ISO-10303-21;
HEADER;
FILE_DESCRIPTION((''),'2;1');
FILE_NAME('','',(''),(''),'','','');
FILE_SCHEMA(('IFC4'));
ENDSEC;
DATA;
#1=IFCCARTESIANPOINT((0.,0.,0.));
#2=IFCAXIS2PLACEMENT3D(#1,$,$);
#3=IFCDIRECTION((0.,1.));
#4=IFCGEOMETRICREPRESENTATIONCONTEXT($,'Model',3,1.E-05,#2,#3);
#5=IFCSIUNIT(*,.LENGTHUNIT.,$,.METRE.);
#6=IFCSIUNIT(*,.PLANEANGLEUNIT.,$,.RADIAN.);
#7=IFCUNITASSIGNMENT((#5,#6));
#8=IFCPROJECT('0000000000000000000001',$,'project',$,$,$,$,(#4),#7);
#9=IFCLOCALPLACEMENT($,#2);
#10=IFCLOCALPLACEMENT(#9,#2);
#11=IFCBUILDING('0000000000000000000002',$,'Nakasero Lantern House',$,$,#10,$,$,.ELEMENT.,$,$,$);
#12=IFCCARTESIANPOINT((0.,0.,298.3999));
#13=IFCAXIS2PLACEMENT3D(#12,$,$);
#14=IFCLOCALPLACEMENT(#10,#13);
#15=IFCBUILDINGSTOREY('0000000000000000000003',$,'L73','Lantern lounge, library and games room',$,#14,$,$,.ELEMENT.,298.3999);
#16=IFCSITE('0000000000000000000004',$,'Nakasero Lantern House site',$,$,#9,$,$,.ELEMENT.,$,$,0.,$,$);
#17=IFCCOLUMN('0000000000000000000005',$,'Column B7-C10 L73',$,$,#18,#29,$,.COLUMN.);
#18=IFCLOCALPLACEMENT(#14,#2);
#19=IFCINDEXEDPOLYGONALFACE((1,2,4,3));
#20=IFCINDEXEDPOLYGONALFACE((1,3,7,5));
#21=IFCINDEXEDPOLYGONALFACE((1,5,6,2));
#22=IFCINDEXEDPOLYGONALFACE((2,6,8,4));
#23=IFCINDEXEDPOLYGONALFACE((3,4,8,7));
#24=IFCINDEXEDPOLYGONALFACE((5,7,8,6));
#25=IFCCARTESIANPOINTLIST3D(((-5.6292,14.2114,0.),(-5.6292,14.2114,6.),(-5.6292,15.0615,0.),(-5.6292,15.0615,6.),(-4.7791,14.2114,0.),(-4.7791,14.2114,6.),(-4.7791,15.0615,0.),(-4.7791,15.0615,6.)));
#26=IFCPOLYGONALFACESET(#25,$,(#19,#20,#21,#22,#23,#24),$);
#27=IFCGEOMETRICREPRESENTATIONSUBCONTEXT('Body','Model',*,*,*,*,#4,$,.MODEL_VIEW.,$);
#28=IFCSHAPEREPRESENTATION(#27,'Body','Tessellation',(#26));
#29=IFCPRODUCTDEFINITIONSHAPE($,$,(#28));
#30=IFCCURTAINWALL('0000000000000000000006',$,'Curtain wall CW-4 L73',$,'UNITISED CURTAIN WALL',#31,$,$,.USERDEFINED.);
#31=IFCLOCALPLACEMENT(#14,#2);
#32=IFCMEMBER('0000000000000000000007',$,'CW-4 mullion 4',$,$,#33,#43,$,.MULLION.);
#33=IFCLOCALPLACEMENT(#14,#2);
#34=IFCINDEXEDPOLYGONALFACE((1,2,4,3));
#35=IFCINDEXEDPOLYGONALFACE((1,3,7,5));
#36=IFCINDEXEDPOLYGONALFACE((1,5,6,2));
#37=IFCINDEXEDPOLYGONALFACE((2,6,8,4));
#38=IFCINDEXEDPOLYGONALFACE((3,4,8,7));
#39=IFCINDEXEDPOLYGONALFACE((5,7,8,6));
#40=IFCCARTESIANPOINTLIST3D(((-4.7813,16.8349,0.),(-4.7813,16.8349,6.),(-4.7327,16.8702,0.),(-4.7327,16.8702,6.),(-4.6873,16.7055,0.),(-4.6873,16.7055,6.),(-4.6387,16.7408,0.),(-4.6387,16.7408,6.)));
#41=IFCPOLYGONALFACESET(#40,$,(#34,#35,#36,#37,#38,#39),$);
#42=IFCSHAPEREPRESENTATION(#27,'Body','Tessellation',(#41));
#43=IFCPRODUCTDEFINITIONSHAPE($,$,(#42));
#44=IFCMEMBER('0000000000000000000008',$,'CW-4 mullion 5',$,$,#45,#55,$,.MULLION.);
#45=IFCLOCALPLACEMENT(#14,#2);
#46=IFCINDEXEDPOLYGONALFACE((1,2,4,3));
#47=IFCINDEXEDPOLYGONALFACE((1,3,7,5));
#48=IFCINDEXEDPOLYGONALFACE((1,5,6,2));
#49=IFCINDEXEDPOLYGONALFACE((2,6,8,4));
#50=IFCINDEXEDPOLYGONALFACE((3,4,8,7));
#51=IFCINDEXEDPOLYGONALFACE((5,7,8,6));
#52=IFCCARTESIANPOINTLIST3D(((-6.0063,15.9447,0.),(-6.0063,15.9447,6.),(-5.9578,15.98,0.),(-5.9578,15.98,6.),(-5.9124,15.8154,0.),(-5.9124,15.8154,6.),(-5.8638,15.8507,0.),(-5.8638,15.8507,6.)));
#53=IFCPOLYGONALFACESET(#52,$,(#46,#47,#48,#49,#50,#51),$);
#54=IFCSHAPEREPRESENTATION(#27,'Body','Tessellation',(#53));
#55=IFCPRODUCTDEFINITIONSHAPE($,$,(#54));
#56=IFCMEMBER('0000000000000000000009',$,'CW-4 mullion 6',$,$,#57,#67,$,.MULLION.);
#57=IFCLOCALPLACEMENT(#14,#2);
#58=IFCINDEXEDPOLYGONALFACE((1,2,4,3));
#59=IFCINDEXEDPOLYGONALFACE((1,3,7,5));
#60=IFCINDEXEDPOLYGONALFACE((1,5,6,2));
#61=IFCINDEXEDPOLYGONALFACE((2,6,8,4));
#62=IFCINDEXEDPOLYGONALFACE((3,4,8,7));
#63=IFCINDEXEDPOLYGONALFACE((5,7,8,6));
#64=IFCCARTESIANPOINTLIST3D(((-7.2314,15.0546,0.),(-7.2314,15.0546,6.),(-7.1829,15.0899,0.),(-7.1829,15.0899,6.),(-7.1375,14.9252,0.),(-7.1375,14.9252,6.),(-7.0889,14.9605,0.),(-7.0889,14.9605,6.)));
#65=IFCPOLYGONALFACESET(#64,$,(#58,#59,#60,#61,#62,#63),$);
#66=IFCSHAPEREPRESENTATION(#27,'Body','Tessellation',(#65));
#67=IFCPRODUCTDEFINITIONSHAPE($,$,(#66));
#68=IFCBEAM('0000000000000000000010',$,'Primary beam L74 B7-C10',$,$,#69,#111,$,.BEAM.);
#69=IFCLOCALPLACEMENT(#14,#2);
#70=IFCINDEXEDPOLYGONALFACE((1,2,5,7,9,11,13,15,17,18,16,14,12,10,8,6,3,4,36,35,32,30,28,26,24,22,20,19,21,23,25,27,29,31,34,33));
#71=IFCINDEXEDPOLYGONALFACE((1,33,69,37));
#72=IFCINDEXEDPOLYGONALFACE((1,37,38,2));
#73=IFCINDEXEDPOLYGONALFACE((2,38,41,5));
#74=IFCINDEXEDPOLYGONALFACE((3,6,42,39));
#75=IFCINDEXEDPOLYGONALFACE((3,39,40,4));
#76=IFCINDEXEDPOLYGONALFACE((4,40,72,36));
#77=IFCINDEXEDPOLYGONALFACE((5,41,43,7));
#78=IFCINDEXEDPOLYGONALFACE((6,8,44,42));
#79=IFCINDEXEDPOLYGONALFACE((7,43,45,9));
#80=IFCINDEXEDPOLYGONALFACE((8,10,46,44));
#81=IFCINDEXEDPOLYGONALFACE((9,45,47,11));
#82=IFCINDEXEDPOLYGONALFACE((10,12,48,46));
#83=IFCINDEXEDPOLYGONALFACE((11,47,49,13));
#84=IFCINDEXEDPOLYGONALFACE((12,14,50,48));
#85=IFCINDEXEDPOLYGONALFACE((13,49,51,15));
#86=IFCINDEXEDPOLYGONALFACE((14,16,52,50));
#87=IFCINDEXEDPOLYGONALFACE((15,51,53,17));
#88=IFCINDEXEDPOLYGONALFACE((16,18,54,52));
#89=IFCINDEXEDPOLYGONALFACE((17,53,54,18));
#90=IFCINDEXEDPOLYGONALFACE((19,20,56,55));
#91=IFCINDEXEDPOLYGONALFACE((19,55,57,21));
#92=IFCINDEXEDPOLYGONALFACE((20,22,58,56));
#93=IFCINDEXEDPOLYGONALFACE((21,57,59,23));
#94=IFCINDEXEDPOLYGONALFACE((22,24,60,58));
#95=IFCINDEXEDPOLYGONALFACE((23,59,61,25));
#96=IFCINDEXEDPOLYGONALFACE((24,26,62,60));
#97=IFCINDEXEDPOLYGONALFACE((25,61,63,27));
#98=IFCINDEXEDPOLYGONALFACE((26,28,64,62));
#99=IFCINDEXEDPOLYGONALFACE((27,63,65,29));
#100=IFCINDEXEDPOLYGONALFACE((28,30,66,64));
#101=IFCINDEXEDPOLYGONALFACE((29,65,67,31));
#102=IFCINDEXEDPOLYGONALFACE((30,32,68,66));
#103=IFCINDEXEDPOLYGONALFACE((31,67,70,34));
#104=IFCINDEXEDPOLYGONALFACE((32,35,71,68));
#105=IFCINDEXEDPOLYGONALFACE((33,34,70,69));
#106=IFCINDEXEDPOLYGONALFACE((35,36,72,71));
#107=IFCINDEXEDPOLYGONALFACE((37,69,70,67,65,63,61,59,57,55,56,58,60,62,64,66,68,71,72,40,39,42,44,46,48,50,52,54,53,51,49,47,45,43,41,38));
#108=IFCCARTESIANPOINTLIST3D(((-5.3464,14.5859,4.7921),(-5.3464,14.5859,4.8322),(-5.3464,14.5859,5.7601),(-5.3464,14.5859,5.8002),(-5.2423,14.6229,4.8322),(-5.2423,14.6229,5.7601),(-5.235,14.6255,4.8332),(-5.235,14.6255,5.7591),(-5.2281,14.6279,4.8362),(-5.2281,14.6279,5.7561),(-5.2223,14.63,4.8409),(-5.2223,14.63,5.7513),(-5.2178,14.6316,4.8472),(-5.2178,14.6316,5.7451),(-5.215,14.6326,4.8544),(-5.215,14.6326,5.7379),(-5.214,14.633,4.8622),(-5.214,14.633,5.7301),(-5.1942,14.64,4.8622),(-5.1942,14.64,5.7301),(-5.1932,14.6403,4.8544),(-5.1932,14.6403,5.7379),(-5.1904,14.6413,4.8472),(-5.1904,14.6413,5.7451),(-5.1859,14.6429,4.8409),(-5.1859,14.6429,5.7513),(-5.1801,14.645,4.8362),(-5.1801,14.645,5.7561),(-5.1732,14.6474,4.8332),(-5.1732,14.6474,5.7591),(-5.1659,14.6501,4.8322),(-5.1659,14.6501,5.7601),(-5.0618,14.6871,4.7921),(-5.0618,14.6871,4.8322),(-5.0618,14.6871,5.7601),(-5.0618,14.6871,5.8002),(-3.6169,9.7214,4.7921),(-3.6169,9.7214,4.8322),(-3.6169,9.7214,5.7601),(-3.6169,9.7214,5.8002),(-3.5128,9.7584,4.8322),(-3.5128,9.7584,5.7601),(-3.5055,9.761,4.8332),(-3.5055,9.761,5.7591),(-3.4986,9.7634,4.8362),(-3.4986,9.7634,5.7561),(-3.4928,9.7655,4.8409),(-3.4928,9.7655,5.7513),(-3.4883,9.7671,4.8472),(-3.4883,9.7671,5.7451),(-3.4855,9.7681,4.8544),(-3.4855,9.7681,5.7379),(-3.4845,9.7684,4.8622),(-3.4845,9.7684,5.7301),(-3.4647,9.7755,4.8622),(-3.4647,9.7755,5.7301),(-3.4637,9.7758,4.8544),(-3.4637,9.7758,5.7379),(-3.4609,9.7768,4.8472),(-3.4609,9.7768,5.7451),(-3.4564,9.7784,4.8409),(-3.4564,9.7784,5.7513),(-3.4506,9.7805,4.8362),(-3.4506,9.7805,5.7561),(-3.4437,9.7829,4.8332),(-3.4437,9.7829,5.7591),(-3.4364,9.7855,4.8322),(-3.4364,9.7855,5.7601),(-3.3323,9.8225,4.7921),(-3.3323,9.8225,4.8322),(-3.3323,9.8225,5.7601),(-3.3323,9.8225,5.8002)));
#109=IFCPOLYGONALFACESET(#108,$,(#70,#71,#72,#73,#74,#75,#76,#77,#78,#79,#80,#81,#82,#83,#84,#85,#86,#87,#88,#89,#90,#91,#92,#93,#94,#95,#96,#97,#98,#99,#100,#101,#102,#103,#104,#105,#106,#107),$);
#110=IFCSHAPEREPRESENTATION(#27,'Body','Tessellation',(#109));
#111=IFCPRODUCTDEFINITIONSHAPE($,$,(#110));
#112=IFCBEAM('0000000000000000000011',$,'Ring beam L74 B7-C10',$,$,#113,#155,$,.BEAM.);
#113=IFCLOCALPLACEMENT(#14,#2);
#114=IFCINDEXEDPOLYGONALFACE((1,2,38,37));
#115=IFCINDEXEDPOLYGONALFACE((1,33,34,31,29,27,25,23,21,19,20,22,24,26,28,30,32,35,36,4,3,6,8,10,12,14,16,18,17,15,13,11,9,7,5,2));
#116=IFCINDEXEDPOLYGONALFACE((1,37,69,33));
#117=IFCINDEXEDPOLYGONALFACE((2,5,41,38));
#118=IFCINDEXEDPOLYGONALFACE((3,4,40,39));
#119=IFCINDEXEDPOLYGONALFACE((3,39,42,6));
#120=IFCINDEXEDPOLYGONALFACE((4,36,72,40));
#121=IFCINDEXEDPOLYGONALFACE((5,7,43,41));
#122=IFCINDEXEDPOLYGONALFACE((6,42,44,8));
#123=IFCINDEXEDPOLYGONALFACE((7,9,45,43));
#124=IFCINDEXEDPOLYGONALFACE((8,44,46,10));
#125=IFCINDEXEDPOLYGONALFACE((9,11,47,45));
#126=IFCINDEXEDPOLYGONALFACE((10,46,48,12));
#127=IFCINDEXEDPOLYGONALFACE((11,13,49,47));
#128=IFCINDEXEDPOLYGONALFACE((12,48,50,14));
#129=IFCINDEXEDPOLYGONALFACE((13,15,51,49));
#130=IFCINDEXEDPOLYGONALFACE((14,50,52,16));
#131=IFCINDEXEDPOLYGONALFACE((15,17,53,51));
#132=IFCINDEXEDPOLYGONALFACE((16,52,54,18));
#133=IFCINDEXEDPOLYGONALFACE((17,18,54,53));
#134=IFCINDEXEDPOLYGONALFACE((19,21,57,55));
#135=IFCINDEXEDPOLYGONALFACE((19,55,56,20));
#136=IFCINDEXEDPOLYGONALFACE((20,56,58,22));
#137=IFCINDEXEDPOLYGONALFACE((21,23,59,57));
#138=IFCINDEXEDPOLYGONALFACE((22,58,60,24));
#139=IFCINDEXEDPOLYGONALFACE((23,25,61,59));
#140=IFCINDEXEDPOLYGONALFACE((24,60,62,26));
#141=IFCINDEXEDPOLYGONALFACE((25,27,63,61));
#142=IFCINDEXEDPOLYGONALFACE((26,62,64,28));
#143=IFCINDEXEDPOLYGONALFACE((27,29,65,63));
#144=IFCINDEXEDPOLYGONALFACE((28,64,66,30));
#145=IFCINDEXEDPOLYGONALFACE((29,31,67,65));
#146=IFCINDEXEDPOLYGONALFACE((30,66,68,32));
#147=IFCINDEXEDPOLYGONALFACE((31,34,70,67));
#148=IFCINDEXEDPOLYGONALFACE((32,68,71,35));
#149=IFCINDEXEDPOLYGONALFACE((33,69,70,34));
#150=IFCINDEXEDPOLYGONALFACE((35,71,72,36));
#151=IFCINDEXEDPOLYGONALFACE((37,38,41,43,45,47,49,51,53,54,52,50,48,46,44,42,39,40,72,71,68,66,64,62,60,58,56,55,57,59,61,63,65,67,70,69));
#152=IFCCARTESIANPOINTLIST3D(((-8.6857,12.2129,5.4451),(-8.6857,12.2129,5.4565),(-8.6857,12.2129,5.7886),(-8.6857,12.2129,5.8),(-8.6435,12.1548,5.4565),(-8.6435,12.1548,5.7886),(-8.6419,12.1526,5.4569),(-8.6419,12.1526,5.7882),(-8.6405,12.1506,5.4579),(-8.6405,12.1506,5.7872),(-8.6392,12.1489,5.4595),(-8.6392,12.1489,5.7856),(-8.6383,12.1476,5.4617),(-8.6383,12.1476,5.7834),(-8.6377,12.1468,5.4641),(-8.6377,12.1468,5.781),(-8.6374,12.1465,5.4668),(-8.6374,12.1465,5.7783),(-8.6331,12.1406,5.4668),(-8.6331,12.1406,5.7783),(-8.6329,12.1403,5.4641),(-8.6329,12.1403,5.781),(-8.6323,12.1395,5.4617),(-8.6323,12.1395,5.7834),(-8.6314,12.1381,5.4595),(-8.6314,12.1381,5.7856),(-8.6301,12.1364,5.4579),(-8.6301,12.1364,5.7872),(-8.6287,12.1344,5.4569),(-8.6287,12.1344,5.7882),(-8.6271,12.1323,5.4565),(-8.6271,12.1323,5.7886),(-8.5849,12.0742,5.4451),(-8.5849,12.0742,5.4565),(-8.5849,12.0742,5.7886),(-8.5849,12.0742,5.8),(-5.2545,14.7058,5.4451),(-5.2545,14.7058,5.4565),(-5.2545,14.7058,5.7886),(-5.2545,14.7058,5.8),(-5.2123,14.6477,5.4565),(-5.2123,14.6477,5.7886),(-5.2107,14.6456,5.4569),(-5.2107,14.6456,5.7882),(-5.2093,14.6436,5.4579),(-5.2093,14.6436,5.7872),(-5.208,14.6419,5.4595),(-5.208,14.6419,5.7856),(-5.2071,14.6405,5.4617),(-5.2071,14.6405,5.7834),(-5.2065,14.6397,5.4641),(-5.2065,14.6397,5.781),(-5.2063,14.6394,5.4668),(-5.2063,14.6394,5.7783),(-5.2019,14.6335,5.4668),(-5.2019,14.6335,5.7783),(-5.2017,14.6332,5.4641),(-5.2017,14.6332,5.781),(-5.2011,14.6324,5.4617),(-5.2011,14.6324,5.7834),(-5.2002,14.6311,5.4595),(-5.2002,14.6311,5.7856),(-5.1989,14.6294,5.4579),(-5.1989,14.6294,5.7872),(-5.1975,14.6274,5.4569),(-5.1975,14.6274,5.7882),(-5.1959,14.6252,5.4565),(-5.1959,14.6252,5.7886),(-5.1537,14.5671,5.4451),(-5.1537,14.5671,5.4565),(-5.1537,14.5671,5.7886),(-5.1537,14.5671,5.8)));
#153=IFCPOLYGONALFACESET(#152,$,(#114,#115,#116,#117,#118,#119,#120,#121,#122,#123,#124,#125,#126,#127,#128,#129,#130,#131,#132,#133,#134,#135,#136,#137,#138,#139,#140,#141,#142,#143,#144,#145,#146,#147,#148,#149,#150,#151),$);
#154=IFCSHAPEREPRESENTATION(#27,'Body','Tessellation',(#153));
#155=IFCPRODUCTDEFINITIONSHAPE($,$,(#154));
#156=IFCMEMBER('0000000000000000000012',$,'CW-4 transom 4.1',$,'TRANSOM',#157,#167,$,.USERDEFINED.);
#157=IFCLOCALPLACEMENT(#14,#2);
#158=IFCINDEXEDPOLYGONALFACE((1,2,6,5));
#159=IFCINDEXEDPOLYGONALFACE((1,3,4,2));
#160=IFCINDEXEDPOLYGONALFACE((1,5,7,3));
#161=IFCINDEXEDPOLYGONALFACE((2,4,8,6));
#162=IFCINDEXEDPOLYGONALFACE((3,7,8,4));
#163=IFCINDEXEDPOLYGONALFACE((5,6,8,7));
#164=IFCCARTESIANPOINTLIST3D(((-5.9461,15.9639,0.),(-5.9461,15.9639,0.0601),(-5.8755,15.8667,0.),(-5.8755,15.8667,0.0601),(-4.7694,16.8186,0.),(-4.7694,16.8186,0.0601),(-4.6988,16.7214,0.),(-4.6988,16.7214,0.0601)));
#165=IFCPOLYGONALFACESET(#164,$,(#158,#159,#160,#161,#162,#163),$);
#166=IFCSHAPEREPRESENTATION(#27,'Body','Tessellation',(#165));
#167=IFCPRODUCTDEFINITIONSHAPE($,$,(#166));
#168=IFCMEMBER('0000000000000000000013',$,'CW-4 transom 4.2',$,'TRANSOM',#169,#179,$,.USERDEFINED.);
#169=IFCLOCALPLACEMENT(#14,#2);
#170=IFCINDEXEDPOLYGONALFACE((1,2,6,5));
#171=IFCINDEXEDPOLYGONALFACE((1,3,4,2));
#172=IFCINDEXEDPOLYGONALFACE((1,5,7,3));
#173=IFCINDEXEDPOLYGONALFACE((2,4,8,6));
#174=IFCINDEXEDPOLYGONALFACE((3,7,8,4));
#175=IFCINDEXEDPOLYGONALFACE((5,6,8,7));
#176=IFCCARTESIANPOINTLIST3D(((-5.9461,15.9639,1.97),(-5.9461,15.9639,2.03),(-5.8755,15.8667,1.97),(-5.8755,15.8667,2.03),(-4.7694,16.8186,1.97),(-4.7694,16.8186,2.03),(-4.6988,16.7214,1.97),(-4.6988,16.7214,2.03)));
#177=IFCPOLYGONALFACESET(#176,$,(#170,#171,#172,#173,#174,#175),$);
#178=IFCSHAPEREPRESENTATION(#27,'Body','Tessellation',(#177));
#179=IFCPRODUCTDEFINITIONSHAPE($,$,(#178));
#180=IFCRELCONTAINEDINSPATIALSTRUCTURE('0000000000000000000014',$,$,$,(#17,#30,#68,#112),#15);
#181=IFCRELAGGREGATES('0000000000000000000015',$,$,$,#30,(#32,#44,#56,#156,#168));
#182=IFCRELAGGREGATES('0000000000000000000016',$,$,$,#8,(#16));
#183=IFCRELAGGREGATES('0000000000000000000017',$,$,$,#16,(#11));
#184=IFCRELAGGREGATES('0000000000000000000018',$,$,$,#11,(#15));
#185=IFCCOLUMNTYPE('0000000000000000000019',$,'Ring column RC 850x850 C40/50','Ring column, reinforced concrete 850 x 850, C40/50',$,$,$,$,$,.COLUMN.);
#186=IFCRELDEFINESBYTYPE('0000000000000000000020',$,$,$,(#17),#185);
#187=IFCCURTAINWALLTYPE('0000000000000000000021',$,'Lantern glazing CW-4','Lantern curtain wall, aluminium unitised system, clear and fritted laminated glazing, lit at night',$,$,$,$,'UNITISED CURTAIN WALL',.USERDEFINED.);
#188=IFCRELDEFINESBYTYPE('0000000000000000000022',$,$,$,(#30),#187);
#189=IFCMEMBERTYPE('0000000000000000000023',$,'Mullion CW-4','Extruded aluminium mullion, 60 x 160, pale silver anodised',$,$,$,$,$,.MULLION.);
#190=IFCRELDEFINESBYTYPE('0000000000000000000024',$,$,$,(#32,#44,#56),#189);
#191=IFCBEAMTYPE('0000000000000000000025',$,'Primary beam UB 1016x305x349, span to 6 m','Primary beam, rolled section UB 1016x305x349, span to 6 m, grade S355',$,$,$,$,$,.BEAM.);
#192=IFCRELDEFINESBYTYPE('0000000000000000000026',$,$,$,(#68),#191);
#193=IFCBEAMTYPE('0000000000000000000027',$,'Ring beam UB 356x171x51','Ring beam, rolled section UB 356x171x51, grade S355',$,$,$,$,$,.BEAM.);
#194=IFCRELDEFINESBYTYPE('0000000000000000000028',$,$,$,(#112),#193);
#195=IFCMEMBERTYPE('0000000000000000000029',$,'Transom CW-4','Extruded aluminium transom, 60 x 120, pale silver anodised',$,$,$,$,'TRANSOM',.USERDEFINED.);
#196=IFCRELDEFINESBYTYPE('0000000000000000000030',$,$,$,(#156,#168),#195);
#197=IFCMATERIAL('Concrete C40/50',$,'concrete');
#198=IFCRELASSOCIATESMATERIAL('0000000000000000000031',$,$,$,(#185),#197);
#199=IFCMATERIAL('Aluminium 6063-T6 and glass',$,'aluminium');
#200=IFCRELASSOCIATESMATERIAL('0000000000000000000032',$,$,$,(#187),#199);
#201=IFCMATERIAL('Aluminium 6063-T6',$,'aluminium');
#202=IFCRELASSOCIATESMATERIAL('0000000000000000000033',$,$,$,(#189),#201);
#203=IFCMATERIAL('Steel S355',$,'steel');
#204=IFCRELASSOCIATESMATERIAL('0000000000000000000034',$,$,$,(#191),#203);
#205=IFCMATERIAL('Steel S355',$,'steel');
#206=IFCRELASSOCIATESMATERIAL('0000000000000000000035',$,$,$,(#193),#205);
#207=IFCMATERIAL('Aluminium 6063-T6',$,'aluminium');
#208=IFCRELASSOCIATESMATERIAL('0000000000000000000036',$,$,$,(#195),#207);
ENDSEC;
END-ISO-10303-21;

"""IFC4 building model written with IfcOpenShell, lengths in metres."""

from ifc_helpers import new_model, si_unit, direction, frame, origin, origin_2d, place, context, subcontext, project, spatial, rectangle, i_section, extrude, material, material_profile, profile_set, type_object, element, aggregate, save


model = new_model("IFC4")

# Units and contexts
model_context = context("Model", 3, precision=1e-05, world=origin(), true_north=direction((0.0, 1.0)))
body_context = subcontext(model_context, "Body", "Model", "MODEL_VIEW")
ifc_project = project(units=[si_unit("LENGTHUNIT", "METRE"), si_unit("PLANEANGLEUNIT", "RADIAN")], contexts=[model_context])

# Site, building, storey
site_placement = place(None, origin())
site = spatial("IfcSite", under=ifc_project, at=site_placement, Name="Nakasero Lantern House site", CompositionType="ELEMENT", RefElevation=0.0)
building_placement = place(site_placement, origin())
building = spatial("IfcBuilding", under=site, at=building_placement, Name="Nakasero Lantern House", CompositionType="ELEMENT")
storey_placement = place(building_placement, frame((0.0, 0.0, 298.3999)))
storey = spatial("IfcBuildingStorey", under=building, at=storey_placement, Name="L73", Description="Lantern lounge, library and games room", CompositionType="ELEMENT", Elevation=298.3999)

# Column
ifc_material_1 = material(Name="Concrete C40/50", Category="concrete")
ifc_material_profile_1 = material_profile(ifc_material_1, rectangle(XDim=0.8501, YDim=0.8501, at=origin_2d()), Name="RC 850x850")
ifc_profile_set_1 = profile_set([ifc_material_profile_1], Name="Concrete C40/50")
column_type = type_object("IfcColumnType", Name="Ring column RC 850x850 C40/50", Description="Ring column, reinforced concrete 850 x 850, C40/50", PredefinedType="COLUMN", material=ifc_profile_set_1)
column_placement = place(storey_placement, frame((-5.2041, 14.6365, 0.0), z_axis=(0.0, 0.0, 1.0), x_axis=(1.0, 0.0, 0.0)))
element("IfcColumn", 1, at=column_placement, inside=storey, type_object=column_type, Name="Column B7-C10 L73", PredefinedType="COLUMN", context=body_context, shape_type="SweptSolid", body=[
    extrude(rectangle(XDim=0.8501, YDim=0.8501, at=origin_2d()), origin(), (0.0, 0.0, 1.0), 6.0),
])

# Curtain wall, members
ifc_material_2 = material(Name="Aluminium 6063-T6 and glass", Category="aluminium")
curtain_wall_type = type_object("IfcCurtainWallType", Name="Lantern glazing CW-4", Description="Lantern curtain wall, aluminium unitised system, clear and fritted laminated glazing, lit at night", ElementType="UNITISED CURTAIN WALL", PredefinedType="USERDEFINED", material=ifc_material_2)
curtain_wall_placement = place(storey_placement, origin())
curtain_wall = element("IfcCurtainWall", 2, at=curtain_wall_placement, inside=storey, type_object=curtain_wall_type, Name="Curtain wall CW-4 L73", ObjectType="UNITISED CURTAIN WALL", PredefinedType="USERDEFINED")
ifc_material_3 = material(Name="Aluminium 6063-T6", Category="aluminium")
ifc_material_profile_2 = material_profile(ifc_material_3, rectangle(XDim=0.0601, YDim=0.1599, at=origin_2d()), Name="CW-4 mullion 60x160")
ifc_profile_set_2 = profile_set([ifc_material_profile_2], Name="Aluminium 6063-T6")
member_type_1 = type_object("IfcMemberType", Name="Mullion CW-4", Description="Extruded aluminium mullion, 60 x 160, pale silver anodised", PredefinedType="MULLION", material=ifc_profile_set_2)
member_1_placement = place(storey_placement, frame((-4.71, 16.7878, 0.0), z_axis=(0.0, 0.0, 1.0), x_axis=(-0.809017, -0.587785, 0.0)))
member_1 = element("IfcMember", 3, at=member_1_placement, type_object=member_type_1, Name="CW-4 mullion 4", PredefinedType="MULLION", context=body_context, shape_type="SweptSolid", body=[
    extrude(rectangle(XDim=0.0601, YDim=0.1599, at=origin_2d()), origin(), (0.0, 0.0, 1.0), 6.0),
])
member_2_placement = place(storey_placement, frame((-5.9351, 15.8977, 0.0), z_axis=(0.0, 0.0, 1.0), x_axis=(-0.809017, -0.587785, 0.0)))
member_2 = element("IfcMember", 4, at=member_2_placement, type_object=member_type_1, Name="CW-4 mullion 5", PredefinedType="MULLION", context=body_context, shape_type="SweptSolid", body=[
    extrude(rectangle(XDim=0.0601, YDim=0.1599, at=origin_2d()), origin(), (0.0, 0.0, 1.0), 6.0),
])
member_3_placement = place(storey_placement, frame((-7.1602, 15.0076, 0.0), z_axis=(0.0, 0.0, 1.0), x_axis=(-0.809017, -0.587785, 0.0)))
member_3 = element("IfcMember", 5, at=member_3_placement, type_object=member_type_1, Name="CW-4 mullion 6", PredefinedType="MULLION", context=body_context, shape_type="SweptSolid", body=[
    extrude(rectangle(XDim=0.0601, YDim=0.1599, at=origin_2d()), origin(), (0.0, 0.0, 1.0), 6.0),
])

# Beams
ifc_material_4 = material(Name="Steel S355", Category="steel")
ifc_material_profile_3 = material_profile(ifc_material_4, i_section(OverallWidth=0.302, OverallDepth=1.0081, WebThickness=0.021, FlangeThickness=0.04, FilletRadius=0.03, at=origin_2d()), Name="UB 1016x305x349")
ifc_profile_set_3 = profile_set([ifc_material_profile_3], Name="Steel S355")
beam_type_1 = type_object("IfcBeamType", Name="Primary beam UB 1016x305x349, span to 6 m", Description="Primary beam, rolled section UB 1016x305x349, span to 6 m, grade S355", PredefinedType="BEAM", material=ifc_profile_set_3)
beam_1_placement = place(storey_placement, frame((-5.2041, 14.6365, 5.2961), z_axis=(0.334991, -0.942221, 0.0), x_axis=(0.942221, 0.334991, 0.0)))
element("IfcBeam", 6, at=beam_1_placement, inside=storey, type_object=beam_type_1, Name="Primary beam L74 B7-C10", PredefinedType="BEAM", context=body_context, shape_type="SweptSolid", body=[
    extrude(i_section(OverallWidth=0.302, OverallDepth=1.0081, WebThickness=0.021, FlangeThickness=0.04, FilletRadius=0.03, at=origin_2d()), origin(), (0.0, 0.0, 1.0), 5.1628),
])
ifc_material_5 = material(Name="Steel S355", Category="steel")
ifc_material_profile_4 = material_profile(ifc_material_5, i_section(OverallWidth=0.1714, OverallDepth=0.355, WebThickness=0.0073, FlangeThickness=0.0115, FilletRadius=0.0103, at=origin_2d()), Name="UB 356x171x51")
ifc_profile_set_4 = profile_set([ifc_material_profile_4], Name="Steel S355")
beam_type_2 = type_object("IfcBeamType", Name="Ring beam UB 356x171x51", Description="Ring beam, rolled section UB 356x171x51, grade S355", PredefinedType="BEAM", material=ifc_profile_set_4)
beam_2_placement = place(storey_placement, frame((-5.2041, 14.6365, 5.6226), z_axis=(-0.809012, -0.587792, 0.0), x_axis=(0.587792, -0.809012, 0.0)))
element("IfcBeam", 7, at=beam_2_placement, inside=storey, type_object=beam_type_2, Name="Ring beam L74 B7-C10", PredefinedType="BEAM", context=body_context, shape_type="SweptSolid", body=[
    extrude(i_section(OverallWidth=0.1714, OverallDepth=0.355, WebThickness=0.0073, FlangeThickness=0.0115, FilletRadius=0.0103, at=origin_2d()), origin(), (0.0, 0.0, 1.0), 4.2412),
])

# Members
ifc_material_6 = material(Name="Aluminium 6063-T6", Category="aluminium")
ifc_material_profile_5 = material_profile(ifc_material_6, rectangle(XDim=0.0601, YDim=0.1201, at=origin_2d()), Name="CW-4 transom 60x120")
ifc_profile_set_5 = profile_set([ifc_material_profile_5], Name="Aluminium 6063-T6")
member_type_2 = type_object("IfcMemberType", Name="Transom CW-4", Description="Extruded aluminium transom, 60 x 120, pale silver anodised", ElementType="TRANSOM", PredefinedType="USERDEFINED", material=ifc_profile_set_5)
member_4_placement = place(storey_placement, frame((-4.7341, 16.77, 0.03), z_axis=(-0.809092, -0.587683, 0.0), x_axis=(0.0, 0.0, 1.0)))
member_4 = element("IfcMember", 8, at=member_4_placement, type_object=member_type_2, Name="CW-4 transom 4.1", ObjectType="TRANSOM", PredefinedType="USERDEFINED", context=body_context, shape_type="SweptSolid", body=[
    extrude(rectangle(XDim=0.0601, YDim=0.1201, at=origin_2d()), origin(), (0.0, 0.0, 1.0), 1.4543),
])
member_5_placement = place(storey_placement, frame((-4.7341, 16.77, 2.0), z_axis=(-0.809092, -0.587683, 0.0), x_axis=(0.0, 0.0, 1.0)))
member_5 = element("IfcMember", 9, at=member_5_placement, type_object=member_type_2, Name="CW-4 transom 4.2", ObjectType="TRANSOM", PredefinedType="USERDEFINED", context=body_context, shape_type="SweptSolid", body=[
    extrude(rectangle(XDim=0.0601, YDim=0.1201, at=origin_2d()), origin(), (0.0, 0.0, 1.0), 1.4543),
])

aggregate(curtain_wall, [member_1, member_2, member_3, member_4, member_5])

save(model, "model.ifc")
